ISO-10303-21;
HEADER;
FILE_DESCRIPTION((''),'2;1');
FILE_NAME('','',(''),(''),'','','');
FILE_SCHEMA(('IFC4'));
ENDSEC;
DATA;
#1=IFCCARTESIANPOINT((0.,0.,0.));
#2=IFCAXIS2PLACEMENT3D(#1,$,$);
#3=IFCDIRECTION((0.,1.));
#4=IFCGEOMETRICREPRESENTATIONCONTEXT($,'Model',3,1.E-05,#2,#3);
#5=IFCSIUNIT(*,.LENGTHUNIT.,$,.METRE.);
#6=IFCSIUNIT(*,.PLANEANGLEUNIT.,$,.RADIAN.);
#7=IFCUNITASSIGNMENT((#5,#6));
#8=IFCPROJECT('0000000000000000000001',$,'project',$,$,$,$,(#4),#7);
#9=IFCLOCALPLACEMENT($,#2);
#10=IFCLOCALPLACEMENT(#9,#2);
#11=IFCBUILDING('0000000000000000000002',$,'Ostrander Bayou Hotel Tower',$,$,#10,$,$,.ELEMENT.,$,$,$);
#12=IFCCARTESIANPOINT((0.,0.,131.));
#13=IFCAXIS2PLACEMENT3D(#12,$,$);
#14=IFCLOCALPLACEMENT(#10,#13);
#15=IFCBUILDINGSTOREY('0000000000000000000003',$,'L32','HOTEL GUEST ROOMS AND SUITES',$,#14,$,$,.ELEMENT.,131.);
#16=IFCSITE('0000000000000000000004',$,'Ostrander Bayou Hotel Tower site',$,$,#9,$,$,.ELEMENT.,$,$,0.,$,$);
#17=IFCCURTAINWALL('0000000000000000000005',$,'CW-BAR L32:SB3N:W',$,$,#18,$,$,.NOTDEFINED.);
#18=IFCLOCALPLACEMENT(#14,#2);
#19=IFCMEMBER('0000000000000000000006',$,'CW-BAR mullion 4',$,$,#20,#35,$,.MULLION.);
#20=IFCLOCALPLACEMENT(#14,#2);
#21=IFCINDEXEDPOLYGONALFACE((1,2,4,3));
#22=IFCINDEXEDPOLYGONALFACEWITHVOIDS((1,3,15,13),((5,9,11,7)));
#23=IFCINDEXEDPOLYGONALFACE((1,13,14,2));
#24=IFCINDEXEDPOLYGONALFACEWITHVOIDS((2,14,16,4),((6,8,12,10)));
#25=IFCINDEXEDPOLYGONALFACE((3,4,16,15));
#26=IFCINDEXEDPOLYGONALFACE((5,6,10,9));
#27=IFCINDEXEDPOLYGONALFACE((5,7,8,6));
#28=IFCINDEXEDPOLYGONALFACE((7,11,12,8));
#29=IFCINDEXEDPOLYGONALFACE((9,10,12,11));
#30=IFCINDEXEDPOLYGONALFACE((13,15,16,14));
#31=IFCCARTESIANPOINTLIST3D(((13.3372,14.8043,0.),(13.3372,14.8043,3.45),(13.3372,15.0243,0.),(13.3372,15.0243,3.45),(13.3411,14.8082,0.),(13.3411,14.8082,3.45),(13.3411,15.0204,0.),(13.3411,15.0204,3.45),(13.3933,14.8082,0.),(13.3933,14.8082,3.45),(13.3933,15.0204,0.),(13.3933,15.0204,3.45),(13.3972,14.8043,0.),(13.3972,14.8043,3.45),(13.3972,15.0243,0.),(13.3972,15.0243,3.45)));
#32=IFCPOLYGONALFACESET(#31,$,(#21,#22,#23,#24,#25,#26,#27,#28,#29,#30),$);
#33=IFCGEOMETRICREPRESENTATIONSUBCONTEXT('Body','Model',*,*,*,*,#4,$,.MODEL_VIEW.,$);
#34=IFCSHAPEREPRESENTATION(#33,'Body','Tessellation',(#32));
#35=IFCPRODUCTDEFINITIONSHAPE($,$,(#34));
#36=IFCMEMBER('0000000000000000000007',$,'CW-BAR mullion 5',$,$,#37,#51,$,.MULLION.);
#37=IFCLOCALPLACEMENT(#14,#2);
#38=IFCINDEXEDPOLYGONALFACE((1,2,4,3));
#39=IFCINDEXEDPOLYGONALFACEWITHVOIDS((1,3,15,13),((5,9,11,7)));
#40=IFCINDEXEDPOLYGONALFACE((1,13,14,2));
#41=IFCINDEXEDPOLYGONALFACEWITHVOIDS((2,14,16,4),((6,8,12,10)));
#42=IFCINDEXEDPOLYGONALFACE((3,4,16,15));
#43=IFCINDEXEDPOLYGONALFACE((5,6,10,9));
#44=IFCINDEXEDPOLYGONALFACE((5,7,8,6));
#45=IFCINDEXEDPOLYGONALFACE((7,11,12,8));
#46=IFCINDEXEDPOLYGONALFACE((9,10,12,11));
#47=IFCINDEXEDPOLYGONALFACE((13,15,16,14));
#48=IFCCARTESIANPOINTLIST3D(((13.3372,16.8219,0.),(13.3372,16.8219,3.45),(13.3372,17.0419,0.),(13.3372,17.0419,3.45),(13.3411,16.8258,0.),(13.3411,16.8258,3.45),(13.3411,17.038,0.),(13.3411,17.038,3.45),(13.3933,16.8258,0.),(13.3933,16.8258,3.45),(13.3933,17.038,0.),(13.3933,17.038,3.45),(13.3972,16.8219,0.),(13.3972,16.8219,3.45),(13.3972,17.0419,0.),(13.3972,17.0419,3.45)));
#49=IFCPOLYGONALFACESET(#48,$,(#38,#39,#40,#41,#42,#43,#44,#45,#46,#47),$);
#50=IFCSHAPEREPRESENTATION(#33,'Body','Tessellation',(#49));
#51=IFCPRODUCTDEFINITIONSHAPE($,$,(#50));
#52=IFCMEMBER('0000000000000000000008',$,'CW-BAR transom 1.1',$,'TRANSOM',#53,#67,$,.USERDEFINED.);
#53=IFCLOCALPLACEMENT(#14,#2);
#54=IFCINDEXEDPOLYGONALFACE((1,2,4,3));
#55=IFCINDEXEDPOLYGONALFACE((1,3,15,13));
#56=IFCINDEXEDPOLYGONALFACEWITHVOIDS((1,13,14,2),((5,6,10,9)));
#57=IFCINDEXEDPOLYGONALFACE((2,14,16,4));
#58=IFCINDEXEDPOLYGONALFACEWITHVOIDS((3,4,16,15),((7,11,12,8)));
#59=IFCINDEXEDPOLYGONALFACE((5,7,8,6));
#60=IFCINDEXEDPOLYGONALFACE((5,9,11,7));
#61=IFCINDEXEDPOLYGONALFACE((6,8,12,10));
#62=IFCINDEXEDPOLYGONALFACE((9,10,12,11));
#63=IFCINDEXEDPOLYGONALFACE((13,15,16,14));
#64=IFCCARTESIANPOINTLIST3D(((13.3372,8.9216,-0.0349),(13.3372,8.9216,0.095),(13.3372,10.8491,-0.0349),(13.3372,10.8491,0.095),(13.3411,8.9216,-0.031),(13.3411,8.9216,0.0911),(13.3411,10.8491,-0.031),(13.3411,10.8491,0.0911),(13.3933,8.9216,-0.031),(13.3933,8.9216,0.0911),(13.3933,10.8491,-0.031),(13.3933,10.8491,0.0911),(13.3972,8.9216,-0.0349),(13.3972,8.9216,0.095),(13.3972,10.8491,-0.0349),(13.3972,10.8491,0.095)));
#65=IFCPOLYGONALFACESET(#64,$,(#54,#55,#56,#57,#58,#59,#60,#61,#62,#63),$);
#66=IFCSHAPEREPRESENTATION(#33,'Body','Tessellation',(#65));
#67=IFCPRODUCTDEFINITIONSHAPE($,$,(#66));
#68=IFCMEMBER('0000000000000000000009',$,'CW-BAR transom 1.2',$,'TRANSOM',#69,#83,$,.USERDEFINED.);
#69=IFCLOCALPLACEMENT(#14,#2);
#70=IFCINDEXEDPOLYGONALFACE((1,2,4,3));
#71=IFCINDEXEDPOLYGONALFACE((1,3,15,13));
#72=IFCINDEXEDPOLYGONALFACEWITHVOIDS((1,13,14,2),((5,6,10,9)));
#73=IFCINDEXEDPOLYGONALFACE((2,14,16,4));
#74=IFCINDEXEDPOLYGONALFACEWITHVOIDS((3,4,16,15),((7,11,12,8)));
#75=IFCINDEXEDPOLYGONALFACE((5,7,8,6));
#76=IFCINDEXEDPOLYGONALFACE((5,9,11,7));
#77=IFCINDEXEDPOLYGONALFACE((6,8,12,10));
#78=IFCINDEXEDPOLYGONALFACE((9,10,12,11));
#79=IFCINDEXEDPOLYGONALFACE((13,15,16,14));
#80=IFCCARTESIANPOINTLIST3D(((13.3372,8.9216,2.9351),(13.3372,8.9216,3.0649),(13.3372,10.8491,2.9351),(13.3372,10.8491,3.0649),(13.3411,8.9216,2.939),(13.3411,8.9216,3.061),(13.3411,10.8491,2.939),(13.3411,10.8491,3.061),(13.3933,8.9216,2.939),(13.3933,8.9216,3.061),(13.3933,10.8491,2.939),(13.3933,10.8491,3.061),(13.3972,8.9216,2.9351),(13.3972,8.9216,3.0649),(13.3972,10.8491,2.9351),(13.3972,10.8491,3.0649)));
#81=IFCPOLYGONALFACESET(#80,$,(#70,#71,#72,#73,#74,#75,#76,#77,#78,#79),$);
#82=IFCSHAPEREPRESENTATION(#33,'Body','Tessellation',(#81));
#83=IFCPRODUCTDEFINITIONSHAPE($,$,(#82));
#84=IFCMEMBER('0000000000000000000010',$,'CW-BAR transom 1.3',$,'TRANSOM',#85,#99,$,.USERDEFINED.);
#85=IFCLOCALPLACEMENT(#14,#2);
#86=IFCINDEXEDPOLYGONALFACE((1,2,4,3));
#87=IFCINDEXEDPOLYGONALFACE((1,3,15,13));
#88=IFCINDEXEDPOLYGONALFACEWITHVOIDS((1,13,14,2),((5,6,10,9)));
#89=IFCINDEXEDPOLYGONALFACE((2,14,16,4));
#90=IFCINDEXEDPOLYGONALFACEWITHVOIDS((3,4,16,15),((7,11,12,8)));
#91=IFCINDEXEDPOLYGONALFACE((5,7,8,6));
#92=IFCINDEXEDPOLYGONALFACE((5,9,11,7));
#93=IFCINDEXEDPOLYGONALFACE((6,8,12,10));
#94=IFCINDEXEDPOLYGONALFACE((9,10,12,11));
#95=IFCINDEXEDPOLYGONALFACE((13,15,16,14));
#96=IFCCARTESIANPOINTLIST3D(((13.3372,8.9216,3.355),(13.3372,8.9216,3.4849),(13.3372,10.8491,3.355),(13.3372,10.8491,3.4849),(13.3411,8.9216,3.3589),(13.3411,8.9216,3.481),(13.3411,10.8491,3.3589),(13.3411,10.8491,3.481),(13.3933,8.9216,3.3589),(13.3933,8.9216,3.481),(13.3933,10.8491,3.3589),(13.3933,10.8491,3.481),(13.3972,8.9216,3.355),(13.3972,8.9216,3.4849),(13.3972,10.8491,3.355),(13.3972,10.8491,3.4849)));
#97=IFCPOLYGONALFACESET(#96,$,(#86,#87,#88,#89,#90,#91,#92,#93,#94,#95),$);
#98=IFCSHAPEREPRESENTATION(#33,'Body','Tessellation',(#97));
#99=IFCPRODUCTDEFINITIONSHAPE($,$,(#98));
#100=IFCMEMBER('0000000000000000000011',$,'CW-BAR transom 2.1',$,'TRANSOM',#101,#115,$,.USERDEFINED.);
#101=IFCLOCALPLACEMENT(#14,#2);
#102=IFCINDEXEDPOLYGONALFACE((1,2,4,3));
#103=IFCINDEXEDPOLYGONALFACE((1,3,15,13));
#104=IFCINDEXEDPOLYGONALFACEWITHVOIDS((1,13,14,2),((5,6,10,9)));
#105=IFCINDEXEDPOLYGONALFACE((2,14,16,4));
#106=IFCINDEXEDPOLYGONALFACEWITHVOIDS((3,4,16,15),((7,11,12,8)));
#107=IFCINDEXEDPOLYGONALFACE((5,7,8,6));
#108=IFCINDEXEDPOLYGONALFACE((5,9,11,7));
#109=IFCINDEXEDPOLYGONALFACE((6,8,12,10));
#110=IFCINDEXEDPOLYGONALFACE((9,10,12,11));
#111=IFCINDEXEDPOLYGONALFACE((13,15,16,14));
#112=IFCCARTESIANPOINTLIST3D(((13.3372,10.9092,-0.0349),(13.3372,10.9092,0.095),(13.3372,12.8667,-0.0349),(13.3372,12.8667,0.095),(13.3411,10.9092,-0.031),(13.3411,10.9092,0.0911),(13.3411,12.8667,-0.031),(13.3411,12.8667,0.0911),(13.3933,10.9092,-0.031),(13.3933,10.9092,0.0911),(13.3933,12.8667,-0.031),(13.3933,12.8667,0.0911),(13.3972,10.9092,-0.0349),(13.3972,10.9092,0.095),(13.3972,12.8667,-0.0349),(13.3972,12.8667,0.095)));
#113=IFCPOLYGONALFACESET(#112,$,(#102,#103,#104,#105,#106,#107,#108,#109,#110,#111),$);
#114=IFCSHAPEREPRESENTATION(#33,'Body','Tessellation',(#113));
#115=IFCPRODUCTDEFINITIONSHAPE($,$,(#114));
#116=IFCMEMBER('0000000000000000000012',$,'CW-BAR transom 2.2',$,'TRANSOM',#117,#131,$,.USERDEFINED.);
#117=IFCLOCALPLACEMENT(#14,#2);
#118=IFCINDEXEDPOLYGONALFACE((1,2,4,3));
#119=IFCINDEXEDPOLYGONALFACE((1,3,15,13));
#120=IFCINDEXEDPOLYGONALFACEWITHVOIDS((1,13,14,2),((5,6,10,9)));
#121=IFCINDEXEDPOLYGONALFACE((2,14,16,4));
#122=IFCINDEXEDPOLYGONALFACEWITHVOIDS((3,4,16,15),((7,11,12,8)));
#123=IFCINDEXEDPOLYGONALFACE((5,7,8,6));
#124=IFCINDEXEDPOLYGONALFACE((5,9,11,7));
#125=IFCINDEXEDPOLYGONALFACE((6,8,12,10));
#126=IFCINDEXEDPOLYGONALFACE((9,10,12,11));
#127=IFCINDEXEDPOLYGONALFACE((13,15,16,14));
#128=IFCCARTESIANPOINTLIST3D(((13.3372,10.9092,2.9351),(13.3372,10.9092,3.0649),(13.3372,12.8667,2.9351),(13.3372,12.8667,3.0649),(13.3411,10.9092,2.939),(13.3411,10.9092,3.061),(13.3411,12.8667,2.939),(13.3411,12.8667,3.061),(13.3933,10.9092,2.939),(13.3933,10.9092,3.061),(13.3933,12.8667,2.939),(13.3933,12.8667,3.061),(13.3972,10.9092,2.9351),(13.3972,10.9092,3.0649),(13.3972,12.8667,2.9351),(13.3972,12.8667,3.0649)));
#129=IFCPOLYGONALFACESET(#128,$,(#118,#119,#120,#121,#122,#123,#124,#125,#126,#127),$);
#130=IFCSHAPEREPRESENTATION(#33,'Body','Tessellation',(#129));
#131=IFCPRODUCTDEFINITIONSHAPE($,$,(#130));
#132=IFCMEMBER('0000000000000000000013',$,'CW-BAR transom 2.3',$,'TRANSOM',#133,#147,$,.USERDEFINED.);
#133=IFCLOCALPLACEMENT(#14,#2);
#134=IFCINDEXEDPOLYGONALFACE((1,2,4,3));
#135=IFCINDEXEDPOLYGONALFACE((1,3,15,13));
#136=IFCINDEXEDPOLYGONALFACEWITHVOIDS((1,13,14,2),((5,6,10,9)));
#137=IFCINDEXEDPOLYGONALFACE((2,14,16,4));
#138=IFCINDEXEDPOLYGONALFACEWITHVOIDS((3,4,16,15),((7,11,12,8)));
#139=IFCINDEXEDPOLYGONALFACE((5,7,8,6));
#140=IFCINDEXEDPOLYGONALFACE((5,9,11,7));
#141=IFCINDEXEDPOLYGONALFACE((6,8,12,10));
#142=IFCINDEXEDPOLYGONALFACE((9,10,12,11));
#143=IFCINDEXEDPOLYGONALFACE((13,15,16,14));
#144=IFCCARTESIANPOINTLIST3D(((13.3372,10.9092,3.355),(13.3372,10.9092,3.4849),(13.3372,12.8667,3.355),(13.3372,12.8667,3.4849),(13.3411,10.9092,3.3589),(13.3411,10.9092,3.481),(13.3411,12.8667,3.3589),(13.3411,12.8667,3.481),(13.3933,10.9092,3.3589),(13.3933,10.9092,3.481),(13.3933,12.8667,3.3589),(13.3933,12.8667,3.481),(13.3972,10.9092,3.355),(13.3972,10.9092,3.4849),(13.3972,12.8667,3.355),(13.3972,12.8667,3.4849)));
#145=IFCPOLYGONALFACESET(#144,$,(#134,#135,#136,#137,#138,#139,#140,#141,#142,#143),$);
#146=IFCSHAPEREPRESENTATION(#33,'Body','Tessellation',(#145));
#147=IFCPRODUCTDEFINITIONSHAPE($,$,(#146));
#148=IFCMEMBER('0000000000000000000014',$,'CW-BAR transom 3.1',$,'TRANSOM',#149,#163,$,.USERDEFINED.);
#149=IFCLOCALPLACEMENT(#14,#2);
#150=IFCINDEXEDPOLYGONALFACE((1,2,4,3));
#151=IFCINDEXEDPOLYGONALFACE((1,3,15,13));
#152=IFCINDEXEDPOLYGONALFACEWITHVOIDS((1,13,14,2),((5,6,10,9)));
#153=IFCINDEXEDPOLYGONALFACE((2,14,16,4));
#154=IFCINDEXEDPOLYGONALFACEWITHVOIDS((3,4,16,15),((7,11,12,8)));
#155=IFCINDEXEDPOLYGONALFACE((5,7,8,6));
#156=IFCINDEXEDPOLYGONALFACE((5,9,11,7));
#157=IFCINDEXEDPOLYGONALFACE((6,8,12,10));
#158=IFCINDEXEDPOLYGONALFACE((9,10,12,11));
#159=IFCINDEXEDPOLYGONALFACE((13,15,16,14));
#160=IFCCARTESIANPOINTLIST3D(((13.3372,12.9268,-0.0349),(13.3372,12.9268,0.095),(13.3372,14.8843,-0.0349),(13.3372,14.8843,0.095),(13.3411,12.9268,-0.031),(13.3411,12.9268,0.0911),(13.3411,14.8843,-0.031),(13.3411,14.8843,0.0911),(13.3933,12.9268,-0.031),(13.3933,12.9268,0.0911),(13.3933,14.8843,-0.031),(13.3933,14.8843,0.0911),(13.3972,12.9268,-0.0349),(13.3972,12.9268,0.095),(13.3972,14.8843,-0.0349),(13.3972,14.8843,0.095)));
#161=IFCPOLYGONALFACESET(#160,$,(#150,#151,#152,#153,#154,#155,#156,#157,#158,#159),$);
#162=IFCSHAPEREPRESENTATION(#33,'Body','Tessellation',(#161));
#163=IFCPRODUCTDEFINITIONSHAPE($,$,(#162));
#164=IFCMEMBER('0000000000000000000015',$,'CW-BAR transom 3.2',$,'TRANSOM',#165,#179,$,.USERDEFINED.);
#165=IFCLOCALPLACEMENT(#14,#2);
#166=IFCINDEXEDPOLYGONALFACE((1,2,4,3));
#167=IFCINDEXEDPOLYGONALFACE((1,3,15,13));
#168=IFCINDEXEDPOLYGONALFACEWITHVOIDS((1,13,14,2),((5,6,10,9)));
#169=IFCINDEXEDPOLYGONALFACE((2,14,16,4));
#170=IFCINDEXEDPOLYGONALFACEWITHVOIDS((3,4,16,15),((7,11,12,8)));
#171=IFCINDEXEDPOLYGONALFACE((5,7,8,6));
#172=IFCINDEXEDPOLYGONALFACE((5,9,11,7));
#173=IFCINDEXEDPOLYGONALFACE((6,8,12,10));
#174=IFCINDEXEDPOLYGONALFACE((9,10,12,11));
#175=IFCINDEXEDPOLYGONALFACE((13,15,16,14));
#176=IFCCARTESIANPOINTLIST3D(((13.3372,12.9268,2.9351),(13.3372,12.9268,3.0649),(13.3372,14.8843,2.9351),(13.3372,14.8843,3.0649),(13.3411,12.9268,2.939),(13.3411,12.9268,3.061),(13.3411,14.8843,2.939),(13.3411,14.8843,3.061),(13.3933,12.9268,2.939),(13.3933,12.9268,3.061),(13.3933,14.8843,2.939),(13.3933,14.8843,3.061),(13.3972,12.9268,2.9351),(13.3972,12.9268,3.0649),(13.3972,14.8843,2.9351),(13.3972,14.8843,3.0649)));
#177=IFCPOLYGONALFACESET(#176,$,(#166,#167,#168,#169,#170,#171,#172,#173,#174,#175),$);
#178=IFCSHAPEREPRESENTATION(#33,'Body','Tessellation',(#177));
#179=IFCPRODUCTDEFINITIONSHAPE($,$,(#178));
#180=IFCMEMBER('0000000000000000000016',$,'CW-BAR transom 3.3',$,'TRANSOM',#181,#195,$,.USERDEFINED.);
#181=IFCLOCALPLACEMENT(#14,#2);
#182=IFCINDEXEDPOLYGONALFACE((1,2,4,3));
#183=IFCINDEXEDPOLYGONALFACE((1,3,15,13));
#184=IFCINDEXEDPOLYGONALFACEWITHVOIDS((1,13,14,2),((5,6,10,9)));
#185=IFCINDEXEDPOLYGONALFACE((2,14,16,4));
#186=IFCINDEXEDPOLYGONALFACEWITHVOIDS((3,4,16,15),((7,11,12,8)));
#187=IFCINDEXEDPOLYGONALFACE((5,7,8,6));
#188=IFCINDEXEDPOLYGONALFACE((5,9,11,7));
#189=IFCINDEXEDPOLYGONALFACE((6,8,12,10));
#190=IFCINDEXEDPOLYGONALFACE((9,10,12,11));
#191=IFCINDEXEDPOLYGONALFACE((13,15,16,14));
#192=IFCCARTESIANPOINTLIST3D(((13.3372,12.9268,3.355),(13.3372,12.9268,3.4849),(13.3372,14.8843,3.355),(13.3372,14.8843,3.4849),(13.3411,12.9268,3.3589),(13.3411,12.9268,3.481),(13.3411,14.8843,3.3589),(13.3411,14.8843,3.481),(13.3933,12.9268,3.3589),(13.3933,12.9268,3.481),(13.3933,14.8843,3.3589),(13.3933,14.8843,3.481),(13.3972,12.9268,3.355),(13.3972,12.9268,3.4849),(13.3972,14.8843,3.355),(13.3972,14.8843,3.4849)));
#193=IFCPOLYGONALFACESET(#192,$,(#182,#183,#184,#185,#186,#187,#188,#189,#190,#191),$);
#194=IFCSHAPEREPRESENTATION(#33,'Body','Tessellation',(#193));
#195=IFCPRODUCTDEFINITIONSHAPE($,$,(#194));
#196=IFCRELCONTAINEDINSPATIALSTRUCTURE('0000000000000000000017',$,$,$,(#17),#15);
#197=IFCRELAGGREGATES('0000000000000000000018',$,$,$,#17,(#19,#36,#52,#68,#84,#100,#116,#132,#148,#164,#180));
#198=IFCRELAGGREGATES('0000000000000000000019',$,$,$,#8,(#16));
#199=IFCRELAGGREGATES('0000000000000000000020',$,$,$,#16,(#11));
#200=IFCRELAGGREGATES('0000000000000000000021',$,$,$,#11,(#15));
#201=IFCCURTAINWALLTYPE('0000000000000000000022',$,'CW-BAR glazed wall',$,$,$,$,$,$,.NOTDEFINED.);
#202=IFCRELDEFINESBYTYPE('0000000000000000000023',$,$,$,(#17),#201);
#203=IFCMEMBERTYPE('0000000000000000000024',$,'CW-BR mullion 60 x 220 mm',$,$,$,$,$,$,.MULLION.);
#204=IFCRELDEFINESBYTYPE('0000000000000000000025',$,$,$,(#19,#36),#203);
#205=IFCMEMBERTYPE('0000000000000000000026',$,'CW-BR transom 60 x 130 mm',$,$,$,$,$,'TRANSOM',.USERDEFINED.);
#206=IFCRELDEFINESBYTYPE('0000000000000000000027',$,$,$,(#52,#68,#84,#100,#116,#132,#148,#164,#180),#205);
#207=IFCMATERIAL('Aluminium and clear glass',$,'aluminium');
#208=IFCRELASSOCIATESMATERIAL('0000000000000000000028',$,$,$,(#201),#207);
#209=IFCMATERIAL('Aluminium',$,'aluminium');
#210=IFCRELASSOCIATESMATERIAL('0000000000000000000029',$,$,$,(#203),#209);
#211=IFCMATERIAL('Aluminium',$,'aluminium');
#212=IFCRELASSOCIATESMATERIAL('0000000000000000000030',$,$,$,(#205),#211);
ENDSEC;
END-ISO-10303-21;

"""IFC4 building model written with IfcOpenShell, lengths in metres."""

from ifc_helpers import new_model, si_unit, direction, frame, origin, origin_2d, place, context, subcontext, project, spatial, hollow_rectangle, extrude, material, material_profile, profile_set, type_object, element, aggregate, save


model = new_model("IFC4")

# Units and contexts
model_context = context("Model", 3, precision=1e-05, world=origin(), true_north=direction((0.0, 1.0)))
body_context = subcontext(model_context, "Body", "Model", "MODEL_VIEW")
ifc_project = project(units=[si_unit("LENGTHUNIT", "METRE"), si_unit("PLANEANGLEUNIT", "RADIAN")], contexts=[model_context])

# Site, building, storey
site_placement = place(None, origin())
site = spatial("IfcSite", under=ifc_project, at=site_placement, Name="Ostrander Bayou Hotel Tower site", CompositionType="ELEMENT", RefElevation=0.0)
building_placement = place(site_placement, origin())
building = spatial("IfcBuilding", under=site, at=building_placement, Name="Ostrander Bayou Hotel Tower", CompositionType="ELEMENT")
storey_placement = place(building_placement, frame((0.0, 0.0, 131.0)))
storey = spatial("IfcBuildingStorey", under=building, at=storey_placement, Name="L32", Description="HOTEL GUEST ROOMS AND SUITES", CompositionType="ELEMENT", Elevation=131.0)

# Curtain wall, members
ifc_material_1 = material(Name="Aluminium and clear glass", Category="aluminium")
curtain_wall_type = type_object("IfcCurtainWallType", Name="CW-BAR glazed wall", PredefinedType="NOTDEFINED", material=ifc_material_1)
curtain_wall_placement = place(storey_placement, origin())
curtain_wall = element("IfcCurtainWall", 1, at=curtain_wall_placement, inside=storey, type_object=curtain_wall_type, Name="CW-BAR L32:SB3N:W", PredefinedType="NOTDEFINED")
ifc_material_2 = material(Name="Aluminium", Category="aluminium")
ifc_material_profile_1 = material_profile(ifc_material_2, hollow_rectangle(XDim=0.0601, YDim=0.22, WallThickness=0.0039, at=origin_2d()))
ifc_profile_set_1 = profile_set([ifc_material_profile_1], Name="Aluminium")
member_type_1 = type_object("IfcMemberType", Name="CW-BR mullion 60 x 220 mm", PredefinedType="MULLION", material=ifc_profile_set_1)
member_1_placement = place(storey_placement, frame((13.3672, 14.9143, 0.0), z_axis=(0.0, 0.0, 1.0), x_axis=(-1.0, 0.0, 0.0)))
member_1 = element("IfcMember", 2, at=member_1_placement, type_object=member_type_1, Name="CW-BAR mullion 4", PredefinedType="MULLION", context=body_context, shape_type="SweptSolid", body=[
    extrude(hollow_rectangle(XDim=0.0601, YDim=0.22, WallThickness=0.0039, at=origin_2d()), origin(), (0.0, 0.0, 1.0), 3.45),
])
member_2_placement = place(storey_placement, frame((13.3672, 16.9319, 0.0), z_axis=(0.0, 0.0, 1.0), x_axis=(-1.0, 0.0, 0.0)))
member_2 = element("IfcMember", 3, at=member_2_placement, type_object=member_type_1, Name="CW-BAR mullion 5", PredefinedType="MULLION", context=body_context, shape_type="SweptSolid", body=[
    extrude(hollow_rectangle(XDim=0.0601, YDim=0.22, WallThickness=0.0039, at=origin_2d()), origin(), (0.0, 0.0, 1.0), 3.45),
])
ifc_material_3 = material(Name="Aluminium", Category="aluminium")
ifc_material_profile_2 = material_profile(ifc_material_3, hollow_rectangle(XDim=0.0601, YDim=0.1299, WallThickness=0.0039, at=origin_2d()))
ifc_profile_set_2 = profile_set([ifc_material_profile_2], Name="Aluminium")
member_type_2 = type_object("IfcMemberType", Name="CW-BR transom 60 x 130 mm", ElementType="TRANSOM", PredefinedType="USERDEFINED", material=ifc_profile_set_2)
member_3_placement = place(storey_placement, frame((13.3672, 8.9216, 0.03), z_axis=(0.0, 1.0, 0.0), x_axis=(-1.0, 0.0, 0.0)))
member_3 = element("IfcMember", 4, at=member_3_placement, type_object=member_type_2, Name="CW-BAR transom 1.1", ObjectType="TRANSOM", PredefinedType="USERDEFINED", context=body_context, shape_type="SweptSolid", body=[
    extrude(hollow_rectangle(XDim=0.0601, YDim=0.1299, WallThickness=0.0039, at=origin_2d()), origin(), (0.0, 0.0, 1.0), 1.9275),
])
member_4_placement = place(storey_placement, frame((13.3672, 8.9216, 3.0), z_axis=(0.0, 1.0, 0.0), x_axis=(-1.0, 0.0, 0.0)))
member_4 = element("IfcMember", 5, at=member_4_placement, type_object=member_type_2, Name="CW-BAR transom 1.2", ObjectType="TRANSOM", PredefinedType="USERDEFINED", context=body_context, shape_type="SweptSolid", body=[
    extrude(hollow_rectangle(XDim=0.0601, YDim=0.1299, WallThickness=0.0039, at=origin_2d()), origin(), (0.0, 0.0, 1.0), 1.9275),
])
member_5_placement = place(storey_placement, frame((13.3672, 8.9216, 3.4199), z_axis=(0.0, 1.0, 0.0), x_axis=(-1.0, 0.0, 0.0)))
member_5 = element("IfcMember", 6, at=member_5_placement, type_object=member_type_2, Name="CW-BAR transom 1.3", ObjectType="TRANSOM", PredefinedType="USERDEFINED", context=body_context, shape_type="SweptSolid", body=[
    extrude(hollow_rectangle(XDim=0.0601, YDim=0.1299, WallThickness=0.0039, at=origin_2d()), origin(), (0.0, 0.0, 1.0), 1.9275),
])
member_6_placement = place(storey_placement, frame((13.3672, 10.9092, 0.03), z_axis=(0.0, 1.0, 0.0), x_axis=(-1.0, 0.0, 0.0)))
member_6 = element("IfcMember", 7, at=member_6_placement, type_object=member_type_2, Name="CW-BAR transom 2.1", ObjectType="TRANSOM", PredefinedType="USERDEFINED", context=body_context, shape_type="SweptSolid", body=[
    extrude(hollow_rectangle(XDim=0.0601, YDim=0.1299, WallThickness=0.0039, at=origin_2d()), origin(), (0.0, 0.0, 1.0), 1.9575),
])
member_7_placement = place(storey_placement, frame((13.3672, 10.9092, 3.0), z_axis=(0.0, 1.0, 0.0), x_axis=(-1.0, 0.0, 0.0)))
member_7 = element("IfcMember", 8, at=member_7_placement, type_object=member_type_2, Name="CW-BAR transom 2.2", ObjectType="TRANSOM", PredefinedType="USERDEFINED", context=body_context, shape_type="SweptSolid", body=[
    extrude(hollow_rectangle(XDim=0.0601, YDim=0.1299, WallThickness=0.0039, at=origin_2d()), origin(), (0.0, 0.0, 1.0), 1.9575),
])
member_8_placement = place(storey_placement, frame((13.3672, 10.9092, 3.4199), z_axis=(0.0, 1.0, 0.0), x_axis=(-1.0, 0.0, 0.0)))
member_8 = element("IfcMember", 9, at=member_8_placement, type_object=member_type_2, Name="CW-BAR transom 2.3", ObjectType="TRANSOM", PredefinedType="USERDEFINED", context=body_context, shape_type="SweptSolid", body=[
    extrude(hollow_rectangle(XDim=0.0601, YDim=0.1299, WallThickness=0.0039, at=origin_2d()), origin(), (0.0, 0.0, 1.0), 1.9575),
])
member_9_placement = place(storey_placement, frame((13.3672, 12.9268, 0.03), z_axis=(0.0, 1.0, 0.0), x_axis=(-1.0, 0.0, 0.0)))
member_9 = element("IfcMember", 10, at=member_9_placement, type_object=member_type_2, Name="CW-BAR transom 3.1", ObjectType="TRANSOM", PredefinedType="USERDEFINED", context=body_context, shape_type="SweptSolid", body=[
    extrude(hollow_rectangle(XDim=0.0601, YDim=0.1299, WallThickness=0.0039, at=origin_2d()), origin(), (0.0, 0.0, 1.0), 1.9575),
])
member_10_placement = place(storey_placement, frame((13.3672, 12.9268, 3.0), z_axis=(0.0, 1.0, 0.0), x_axis=(-1.0, 0.0, 0.0)))
member_10 = element("IfcMember", 11, at=member_10_placement, type_object=member_type_2, Name="CW-BAR transom 3.2", ObjectType="TRANSOM", PredefinedType="USERDEFINED", context=body_context, shape_type="SweptSolid", body=[
    extrude(hollow_rectangle(XDim=0.0601, YDim=0.1299, WallThickness=0.0039, at=origin_2d()), origin(), (0.0, 0.0, 1.0), 1.9575),
])
member_11_placement = place(storey_placement, frame((13.3672, 12.9268, 3.4199), z_axis=(0.0, 1.0, 0.0), x_axis=(-1.0, 0.0, 0.0)))
member_11 = element("IfcMember", 12, at=member_11_placement, type_object=member_type_2, Name="CW-BAR transom 3.3", ObjectType="TRANSOM", PredefinedType="USERDEFINED", context=body_context, shape_type="SweptSolid", body=[
    extrude(hollow_rectangle(XDim=0.0601, YDim=0.1299, WallThickness=0.0039, at=origin_2d()), origin(), (0.0, 0.0, 1.0), 1.9575),
])
aggregate(curtain_wall, [member_1, member_2, member_3, member_4, member_5, member_6, member_7, member_8, member_9, member_10, member_11])

save(model, "model.ifc")
